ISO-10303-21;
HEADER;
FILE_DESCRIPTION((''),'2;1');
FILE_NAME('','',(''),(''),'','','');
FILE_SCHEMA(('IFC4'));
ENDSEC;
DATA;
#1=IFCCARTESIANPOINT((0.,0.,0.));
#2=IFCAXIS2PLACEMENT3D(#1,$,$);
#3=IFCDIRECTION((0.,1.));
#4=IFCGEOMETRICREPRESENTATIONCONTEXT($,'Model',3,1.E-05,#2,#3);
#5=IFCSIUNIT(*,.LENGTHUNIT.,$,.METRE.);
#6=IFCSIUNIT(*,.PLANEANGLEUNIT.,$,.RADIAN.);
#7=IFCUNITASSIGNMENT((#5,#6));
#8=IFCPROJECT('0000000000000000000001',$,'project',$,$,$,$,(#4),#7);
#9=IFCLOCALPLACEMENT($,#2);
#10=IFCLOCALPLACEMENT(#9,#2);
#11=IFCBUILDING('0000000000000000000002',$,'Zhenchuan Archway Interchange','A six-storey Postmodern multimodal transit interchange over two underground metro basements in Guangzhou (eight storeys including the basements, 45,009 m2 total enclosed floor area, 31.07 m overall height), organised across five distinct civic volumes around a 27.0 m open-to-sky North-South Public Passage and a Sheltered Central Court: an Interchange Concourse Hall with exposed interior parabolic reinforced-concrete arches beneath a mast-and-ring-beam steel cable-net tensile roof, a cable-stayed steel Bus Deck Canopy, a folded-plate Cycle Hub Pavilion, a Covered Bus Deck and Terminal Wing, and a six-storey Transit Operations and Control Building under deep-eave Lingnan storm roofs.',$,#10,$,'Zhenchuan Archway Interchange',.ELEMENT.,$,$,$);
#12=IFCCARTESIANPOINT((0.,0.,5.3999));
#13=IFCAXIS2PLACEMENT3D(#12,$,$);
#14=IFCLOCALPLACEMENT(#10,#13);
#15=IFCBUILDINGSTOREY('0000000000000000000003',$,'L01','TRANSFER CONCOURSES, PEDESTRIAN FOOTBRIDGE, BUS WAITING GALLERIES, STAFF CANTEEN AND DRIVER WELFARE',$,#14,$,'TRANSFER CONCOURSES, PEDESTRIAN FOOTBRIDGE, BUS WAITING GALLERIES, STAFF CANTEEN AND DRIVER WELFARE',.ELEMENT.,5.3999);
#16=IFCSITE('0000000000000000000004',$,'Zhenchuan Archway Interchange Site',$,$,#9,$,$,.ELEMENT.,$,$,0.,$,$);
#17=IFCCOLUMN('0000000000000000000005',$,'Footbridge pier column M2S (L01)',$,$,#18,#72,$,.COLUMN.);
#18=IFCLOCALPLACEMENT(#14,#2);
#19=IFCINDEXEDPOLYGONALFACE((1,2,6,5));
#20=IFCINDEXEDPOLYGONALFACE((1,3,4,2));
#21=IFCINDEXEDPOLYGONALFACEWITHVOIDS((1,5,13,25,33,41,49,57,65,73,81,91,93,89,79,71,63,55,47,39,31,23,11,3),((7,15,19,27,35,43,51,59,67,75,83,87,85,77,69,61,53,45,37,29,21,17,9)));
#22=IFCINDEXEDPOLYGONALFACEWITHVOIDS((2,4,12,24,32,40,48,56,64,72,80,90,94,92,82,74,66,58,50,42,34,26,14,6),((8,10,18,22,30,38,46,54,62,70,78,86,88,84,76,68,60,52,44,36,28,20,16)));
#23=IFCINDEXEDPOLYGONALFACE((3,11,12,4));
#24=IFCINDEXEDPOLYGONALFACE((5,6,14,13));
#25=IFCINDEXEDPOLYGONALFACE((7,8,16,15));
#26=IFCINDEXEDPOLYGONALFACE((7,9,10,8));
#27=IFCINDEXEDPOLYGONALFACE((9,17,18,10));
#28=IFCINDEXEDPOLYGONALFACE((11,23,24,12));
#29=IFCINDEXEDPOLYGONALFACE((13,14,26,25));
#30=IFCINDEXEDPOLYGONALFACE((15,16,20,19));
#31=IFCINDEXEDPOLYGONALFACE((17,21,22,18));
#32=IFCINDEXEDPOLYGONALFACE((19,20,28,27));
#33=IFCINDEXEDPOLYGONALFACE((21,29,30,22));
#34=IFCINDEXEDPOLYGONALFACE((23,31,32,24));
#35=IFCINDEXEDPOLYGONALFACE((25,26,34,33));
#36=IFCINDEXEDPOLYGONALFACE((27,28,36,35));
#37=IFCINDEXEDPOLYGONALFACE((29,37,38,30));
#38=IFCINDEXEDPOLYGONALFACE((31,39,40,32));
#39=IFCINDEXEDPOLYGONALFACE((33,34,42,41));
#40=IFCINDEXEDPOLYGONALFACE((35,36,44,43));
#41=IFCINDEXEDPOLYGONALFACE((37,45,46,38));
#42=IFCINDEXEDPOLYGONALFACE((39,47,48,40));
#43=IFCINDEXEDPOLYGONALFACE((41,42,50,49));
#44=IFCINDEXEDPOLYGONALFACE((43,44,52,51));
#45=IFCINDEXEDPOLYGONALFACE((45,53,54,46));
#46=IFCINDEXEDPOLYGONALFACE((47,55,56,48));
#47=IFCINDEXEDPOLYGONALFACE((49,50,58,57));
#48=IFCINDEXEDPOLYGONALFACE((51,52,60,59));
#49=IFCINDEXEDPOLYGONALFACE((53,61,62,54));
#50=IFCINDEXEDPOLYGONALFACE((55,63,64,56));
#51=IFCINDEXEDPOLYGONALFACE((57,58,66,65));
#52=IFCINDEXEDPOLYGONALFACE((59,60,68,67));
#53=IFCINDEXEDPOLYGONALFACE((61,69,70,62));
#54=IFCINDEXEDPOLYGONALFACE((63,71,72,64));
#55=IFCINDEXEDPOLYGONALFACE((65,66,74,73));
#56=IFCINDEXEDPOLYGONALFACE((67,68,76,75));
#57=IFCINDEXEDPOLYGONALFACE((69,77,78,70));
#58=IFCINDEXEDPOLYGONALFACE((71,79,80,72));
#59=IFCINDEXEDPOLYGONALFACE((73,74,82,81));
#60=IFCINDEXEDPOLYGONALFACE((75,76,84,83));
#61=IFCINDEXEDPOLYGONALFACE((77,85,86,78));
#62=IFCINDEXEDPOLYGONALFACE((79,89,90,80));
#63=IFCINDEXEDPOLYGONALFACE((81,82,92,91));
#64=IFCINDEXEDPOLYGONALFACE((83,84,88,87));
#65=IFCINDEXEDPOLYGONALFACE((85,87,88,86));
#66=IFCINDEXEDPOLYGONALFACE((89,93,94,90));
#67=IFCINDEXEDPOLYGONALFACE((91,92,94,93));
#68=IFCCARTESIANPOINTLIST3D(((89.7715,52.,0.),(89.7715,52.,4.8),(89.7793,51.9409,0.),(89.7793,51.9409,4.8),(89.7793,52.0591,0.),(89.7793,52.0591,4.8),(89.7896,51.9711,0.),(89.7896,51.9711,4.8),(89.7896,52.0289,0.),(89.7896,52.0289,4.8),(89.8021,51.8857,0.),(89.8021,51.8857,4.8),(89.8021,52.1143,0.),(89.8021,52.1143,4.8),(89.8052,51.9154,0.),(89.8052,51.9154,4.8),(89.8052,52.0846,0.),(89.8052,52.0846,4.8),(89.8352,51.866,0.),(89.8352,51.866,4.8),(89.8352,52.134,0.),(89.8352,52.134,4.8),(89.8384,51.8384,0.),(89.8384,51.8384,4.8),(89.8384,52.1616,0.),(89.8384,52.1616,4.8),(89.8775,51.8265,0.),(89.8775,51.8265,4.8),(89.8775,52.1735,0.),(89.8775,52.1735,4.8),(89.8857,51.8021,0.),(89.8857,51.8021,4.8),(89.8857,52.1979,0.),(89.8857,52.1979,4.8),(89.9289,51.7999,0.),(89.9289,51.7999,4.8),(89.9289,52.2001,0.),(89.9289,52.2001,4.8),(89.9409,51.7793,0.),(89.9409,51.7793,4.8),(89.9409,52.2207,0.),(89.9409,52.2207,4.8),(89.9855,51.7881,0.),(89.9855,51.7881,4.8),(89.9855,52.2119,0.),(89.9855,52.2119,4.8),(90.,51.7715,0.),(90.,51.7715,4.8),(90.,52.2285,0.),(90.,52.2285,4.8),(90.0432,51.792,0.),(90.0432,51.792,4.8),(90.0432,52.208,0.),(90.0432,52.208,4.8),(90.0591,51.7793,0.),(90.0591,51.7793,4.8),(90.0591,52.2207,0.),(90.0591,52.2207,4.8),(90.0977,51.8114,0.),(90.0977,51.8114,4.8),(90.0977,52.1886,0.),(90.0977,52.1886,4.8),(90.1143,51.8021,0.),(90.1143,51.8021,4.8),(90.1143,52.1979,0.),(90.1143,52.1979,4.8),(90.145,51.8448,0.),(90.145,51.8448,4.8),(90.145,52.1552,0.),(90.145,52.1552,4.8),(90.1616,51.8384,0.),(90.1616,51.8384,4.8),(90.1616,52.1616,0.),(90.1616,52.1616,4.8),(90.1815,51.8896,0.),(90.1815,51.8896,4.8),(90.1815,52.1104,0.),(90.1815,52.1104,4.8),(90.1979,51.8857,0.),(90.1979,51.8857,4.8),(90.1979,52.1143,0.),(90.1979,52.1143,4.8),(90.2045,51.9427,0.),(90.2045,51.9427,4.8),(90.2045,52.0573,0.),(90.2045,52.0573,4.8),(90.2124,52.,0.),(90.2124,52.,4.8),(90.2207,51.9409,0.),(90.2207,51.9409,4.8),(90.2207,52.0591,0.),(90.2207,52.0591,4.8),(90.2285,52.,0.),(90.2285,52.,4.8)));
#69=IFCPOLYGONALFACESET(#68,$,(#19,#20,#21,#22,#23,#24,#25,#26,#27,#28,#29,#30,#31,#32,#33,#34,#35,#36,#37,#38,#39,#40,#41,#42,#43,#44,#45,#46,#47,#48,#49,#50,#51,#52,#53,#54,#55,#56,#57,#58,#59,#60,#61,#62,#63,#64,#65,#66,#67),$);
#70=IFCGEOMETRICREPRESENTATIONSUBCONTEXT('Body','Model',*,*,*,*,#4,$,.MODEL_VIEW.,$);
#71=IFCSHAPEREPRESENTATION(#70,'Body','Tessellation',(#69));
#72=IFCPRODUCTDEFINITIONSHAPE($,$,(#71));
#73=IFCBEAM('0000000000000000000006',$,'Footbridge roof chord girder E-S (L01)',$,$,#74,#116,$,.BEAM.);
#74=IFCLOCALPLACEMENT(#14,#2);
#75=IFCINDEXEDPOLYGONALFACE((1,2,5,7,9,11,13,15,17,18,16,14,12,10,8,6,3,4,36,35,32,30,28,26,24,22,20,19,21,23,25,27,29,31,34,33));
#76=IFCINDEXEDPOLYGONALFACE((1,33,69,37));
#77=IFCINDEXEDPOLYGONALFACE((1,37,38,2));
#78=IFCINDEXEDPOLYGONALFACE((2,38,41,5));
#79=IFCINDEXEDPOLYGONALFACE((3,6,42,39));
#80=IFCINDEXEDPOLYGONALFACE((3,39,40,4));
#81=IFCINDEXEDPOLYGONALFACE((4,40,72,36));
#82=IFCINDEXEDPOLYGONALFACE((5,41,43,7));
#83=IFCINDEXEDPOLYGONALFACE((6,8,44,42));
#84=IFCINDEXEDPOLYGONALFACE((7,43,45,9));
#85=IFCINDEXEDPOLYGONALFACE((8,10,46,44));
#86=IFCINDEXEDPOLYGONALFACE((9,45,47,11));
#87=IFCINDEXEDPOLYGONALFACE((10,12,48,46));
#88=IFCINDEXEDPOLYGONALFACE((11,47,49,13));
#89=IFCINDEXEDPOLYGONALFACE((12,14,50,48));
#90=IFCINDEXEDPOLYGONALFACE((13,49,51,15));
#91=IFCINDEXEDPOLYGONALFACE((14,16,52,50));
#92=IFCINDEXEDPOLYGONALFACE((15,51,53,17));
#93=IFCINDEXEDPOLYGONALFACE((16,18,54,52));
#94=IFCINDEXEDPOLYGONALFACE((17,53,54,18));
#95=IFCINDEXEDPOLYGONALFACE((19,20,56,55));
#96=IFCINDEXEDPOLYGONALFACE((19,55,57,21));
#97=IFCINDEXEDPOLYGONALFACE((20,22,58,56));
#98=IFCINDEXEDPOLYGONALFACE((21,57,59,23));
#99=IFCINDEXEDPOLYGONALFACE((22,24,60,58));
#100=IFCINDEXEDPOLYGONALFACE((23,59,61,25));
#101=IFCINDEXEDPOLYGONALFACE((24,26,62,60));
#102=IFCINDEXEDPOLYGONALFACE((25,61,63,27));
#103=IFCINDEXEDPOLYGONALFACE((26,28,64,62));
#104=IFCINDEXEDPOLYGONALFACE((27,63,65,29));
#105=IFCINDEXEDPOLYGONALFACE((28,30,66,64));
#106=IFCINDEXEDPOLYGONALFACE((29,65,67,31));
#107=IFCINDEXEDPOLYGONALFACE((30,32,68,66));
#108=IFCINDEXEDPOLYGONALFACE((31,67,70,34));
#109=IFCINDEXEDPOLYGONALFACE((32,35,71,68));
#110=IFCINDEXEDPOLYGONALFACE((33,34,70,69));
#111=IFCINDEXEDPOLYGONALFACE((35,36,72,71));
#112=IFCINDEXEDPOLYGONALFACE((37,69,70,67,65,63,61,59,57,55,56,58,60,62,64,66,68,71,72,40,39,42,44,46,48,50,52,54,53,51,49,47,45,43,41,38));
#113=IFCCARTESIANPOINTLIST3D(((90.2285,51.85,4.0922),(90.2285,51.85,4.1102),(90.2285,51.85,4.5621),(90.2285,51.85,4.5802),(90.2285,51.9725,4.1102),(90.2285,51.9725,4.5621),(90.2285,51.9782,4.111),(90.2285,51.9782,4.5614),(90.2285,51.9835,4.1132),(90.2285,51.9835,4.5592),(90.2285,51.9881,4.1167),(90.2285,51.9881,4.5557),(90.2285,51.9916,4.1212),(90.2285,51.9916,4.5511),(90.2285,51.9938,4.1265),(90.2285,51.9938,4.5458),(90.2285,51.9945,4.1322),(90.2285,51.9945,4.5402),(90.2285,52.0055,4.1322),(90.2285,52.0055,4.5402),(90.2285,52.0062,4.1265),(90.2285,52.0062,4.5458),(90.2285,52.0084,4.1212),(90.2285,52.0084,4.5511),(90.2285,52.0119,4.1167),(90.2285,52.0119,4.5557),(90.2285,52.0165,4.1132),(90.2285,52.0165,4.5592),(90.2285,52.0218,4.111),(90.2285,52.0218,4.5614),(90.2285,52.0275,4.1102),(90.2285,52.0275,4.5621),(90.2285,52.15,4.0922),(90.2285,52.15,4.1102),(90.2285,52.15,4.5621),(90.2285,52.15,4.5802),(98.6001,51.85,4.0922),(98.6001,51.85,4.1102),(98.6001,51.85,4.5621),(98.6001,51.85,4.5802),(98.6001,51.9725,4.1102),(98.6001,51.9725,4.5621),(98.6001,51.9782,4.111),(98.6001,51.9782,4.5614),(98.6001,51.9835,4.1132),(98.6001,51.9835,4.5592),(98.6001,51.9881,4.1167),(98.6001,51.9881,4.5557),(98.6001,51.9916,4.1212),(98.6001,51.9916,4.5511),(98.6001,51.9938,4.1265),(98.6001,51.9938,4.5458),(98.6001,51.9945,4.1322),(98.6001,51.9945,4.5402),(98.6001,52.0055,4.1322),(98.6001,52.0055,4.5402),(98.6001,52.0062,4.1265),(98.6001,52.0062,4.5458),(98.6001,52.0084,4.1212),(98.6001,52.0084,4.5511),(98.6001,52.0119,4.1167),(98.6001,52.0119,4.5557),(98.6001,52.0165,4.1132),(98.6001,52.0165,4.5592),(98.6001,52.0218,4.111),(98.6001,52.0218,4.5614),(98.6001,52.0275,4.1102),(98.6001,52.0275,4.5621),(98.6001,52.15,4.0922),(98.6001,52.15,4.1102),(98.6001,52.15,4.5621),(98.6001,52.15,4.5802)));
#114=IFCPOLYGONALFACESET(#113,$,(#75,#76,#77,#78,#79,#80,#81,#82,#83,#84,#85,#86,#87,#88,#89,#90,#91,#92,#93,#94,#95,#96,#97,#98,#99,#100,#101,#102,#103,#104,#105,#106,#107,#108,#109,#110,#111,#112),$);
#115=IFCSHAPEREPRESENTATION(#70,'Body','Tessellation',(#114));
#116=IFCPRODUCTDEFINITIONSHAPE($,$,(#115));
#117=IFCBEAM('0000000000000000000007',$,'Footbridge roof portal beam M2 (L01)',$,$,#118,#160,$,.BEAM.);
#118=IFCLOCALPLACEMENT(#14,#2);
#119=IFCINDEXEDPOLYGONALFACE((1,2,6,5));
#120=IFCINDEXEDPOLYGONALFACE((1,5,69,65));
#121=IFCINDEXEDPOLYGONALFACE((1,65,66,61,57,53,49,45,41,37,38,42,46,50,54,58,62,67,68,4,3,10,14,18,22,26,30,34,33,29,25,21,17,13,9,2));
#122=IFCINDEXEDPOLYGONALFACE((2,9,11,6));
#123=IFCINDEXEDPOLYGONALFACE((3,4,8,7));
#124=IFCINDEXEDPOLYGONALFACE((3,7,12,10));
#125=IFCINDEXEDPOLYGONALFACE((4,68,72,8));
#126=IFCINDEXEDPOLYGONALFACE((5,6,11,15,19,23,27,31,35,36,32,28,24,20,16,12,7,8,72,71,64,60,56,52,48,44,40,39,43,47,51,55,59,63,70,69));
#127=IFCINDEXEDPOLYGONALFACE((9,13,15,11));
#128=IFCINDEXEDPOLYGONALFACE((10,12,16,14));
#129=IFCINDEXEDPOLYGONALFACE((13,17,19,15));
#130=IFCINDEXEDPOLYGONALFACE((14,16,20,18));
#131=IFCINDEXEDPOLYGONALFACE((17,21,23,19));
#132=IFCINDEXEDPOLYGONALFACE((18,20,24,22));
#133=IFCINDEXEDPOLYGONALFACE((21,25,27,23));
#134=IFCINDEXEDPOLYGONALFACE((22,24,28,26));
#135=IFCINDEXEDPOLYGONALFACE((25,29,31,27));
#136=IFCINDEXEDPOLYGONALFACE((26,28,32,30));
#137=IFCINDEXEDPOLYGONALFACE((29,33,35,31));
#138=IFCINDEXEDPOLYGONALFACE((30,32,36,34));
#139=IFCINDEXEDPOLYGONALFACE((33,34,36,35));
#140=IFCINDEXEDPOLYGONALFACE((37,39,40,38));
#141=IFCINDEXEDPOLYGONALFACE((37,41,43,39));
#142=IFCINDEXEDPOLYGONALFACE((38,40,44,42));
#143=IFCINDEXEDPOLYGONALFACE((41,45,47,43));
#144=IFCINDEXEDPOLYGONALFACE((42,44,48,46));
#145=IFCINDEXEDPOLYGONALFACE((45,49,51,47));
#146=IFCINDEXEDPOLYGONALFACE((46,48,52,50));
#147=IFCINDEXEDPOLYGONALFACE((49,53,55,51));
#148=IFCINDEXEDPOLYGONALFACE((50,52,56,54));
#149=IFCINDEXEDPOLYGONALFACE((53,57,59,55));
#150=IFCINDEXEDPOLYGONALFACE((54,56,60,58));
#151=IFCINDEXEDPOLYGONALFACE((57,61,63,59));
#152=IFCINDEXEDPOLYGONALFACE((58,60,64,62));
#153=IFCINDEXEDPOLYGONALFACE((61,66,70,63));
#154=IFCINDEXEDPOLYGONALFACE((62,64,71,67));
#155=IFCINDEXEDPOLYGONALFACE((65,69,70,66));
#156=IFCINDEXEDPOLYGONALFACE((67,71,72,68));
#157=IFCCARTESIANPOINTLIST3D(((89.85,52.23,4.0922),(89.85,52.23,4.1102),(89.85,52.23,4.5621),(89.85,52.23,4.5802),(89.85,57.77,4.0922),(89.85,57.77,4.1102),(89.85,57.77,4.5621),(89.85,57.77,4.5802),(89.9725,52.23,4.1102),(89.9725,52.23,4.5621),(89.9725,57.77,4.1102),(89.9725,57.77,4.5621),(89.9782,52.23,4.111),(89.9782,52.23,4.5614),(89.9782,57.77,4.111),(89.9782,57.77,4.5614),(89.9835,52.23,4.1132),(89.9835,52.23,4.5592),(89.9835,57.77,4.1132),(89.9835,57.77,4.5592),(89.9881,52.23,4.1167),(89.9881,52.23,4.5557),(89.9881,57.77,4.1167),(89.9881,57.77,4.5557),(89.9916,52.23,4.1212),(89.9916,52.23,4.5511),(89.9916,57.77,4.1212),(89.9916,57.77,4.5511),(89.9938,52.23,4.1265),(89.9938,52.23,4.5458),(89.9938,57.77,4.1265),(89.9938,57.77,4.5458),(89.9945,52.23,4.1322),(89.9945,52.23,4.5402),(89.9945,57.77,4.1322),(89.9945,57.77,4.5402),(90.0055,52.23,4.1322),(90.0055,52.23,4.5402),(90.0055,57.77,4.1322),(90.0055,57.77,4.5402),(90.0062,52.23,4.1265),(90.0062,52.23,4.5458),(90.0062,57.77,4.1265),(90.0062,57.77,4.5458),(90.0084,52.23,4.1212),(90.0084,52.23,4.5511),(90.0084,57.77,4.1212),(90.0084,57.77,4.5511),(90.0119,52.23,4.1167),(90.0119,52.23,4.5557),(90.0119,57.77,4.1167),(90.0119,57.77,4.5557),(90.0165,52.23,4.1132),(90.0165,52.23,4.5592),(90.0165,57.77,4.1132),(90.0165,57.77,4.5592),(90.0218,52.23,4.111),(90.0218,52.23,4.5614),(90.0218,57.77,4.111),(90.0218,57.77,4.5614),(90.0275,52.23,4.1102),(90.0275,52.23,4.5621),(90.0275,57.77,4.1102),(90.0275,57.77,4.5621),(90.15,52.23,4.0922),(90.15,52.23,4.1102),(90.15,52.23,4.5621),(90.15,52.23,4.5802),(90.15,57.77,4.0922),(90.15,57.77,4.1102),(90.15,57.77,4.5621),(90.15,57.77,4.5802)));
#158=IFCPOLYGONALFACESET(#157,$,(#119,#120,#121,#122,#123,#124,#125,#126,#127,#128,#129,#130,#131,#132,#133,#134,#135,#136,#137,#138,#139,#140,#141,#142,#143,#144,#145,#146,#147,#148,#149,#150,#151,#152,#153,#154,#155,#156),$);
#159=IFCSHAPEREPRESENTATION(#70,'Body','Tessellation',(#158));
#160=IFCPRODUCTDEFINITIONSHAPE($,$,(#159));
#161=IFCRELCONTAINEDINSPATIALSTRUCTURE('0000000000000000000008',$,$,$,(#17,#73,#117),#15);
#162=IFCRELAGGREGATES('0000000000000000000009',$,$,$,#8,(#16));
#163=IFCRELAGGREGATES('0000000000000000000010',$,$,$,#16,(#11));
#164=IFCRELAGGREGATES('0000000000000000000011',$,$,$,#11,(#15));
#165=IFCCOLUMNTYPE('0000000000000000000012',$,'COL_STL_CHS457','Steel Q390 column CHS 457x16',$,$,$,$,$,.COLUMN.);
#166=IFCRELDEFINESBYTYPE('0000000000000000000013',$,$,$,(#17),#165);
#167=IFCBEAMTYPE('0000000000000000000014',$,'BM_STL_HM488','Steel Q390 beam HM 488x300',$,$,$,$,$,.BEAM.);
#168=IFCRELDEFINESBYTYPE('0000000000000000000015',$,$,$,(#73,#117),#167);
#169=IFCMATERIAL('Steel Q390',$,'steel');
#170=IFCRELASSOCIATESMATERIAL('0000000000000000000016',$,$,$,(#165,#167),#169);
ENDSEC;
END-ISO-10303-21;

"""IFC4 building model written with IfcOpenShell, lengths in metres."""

from ifc_helpers import new_model, si_unit, direction, frame, origin, origin_2d, place, context, subcontext, project, spatial, hollow_circle, i_section, extrude, material, material_profile, profile_set, type_object, element, save


model = new_model("IFC4")

# Units and contexts
model_context = context("Model", 3, precision=1e-05, world=origin(), true_north=direction((0.0, 1.0)))
body_context = subcontext(model_context, "Body", "Model", "MODEL_VIEW")
ifc_project = project(units=[si_unit("LENGTHUNIT", "METRE"), si_unit("PLANEANGLEUNIT", "RADIAN")], contexts=[model_context])

# Site, building, storey
site_placement = place(None, origin())
site = spatial("IfcSite", under=ifc_project, at=site_placement, Name="Zhenchuan Archway Interchange Site", CompositionType="ELEMENT", RefElevation=0.0)
building_placement = place(site_placement, origin())
building = spatial("IfcBuilding", under=site, at=building_placement, Name="Zhenchuan Archway Interchange", Description="A six-storey Postmodern multimodal transit interchange over two underground metro basements in Guangzhou (eight storeys including the basements, 45,009 m2 total enclosed floor area, 31.07 m overall height), organised across five distinct civic volumes around a 27.0 m open-to-sky North-South Public Passage and a Sheltered Central Court: an Interchange Concourse Hall with exposed interior parabolic reinforced-concrete arches beneath a mast-and-ring-beam steel cable-net tensile roof, a cable-stayed steel Bus Deck Canopy, a folded-plate Cycle Hub Pavilion, a Covered Bus Deck and Terminal Wing, and a six-storey Transit Operations and Control Building under deep-eave Lingnan storm roofs.", LongName="Zhenchuan Archway Interchange", CompositionType="ELEMENT")
storey_placement = place(building_placement, frame((0.0, 0.0, 5.3999)))
storey = spatial("IfcBuildingStorey", under=building, at=storey_placement, Name="L01", Description="TRANSFER CONCOURSES, PEDESTRIAN FOOTBRIDGE, BUS WAITING GALLERIES, STAFF CANTEEN AND DRIVER WELFARE", LongName="TRANSFER CONCOURSES, PEDESTRIAN FOOTBRIDGE, BUS WAITING GALLERIES, STAFF CANTEEN AND DRIVER WELFARE", CompositionType="ELEMENT", Elevation=5.3999)

# Column
ifc_material_1 = material(Name="Steel Q390", Category="steel")
ifc_material_profile_1 = material_profile(ifc_material_1, hollow_circle(Radius=0.2285, WallThickness=0.0161, at=origin_2d()), Name="CHS 457x16")
ifc_profile_set_1 = profile_set([ifc_material_profile_1], Name="Steel Q390")
column_type = type_object("IfcColumnType", Name="COL_STL_CHS457", Description="Steel Q390 column CHS 457x16", PredefinedType="COLUMN", material=ifc_profile_set_1)
column_placement = place(storey_placement, frame((90.0, 52.0, 0.0), z_axis=(0.0, 0.0, 1.0), x_axis=(1.0, 0.0, 0.0)))
element("IfcColumn", 1, at=column_placement, inside=storey, type_object=column_type, Name="Footbridge pier column M2S (L01)", PredefinedType="COLUMN", context=body_context, shape_type="SweptSolid", body=[
    extrude(hollow_circle(Radius=0.2285, WallThickness=0.0161, at=origin_2d()), origin(), (0.0, 0.0, 1.0), 4.8),
])

# Beams
ifc_material_profile_2 = material_profile(ifc_material_1, i_section(OverallWidth=0.3, OverallDepth=0.488, WebThickness=0.011, FlangeThickness=0.0181, FilletRadius=0.022, at=origin_2d()), Name="HM 488x300")
ifc_profile_set_2 = profile_set([ifc_material_profile_2], Name="Steel Q390")
beam_type = type_object("IfcBeamType", Name="BM_STL_HM488", Description="Steel Q390 beam HM 488x300", PredefinedType="BEAM", material=ifc_profile_set_2)
beam_1_placement = place(storey_placement, frame((90.2285, 52.0, 4.3362), z_axis=(1.0, 0.0, 0.0), x_axis=(0.0, 1.0, 0.0)))
element("IfcBeam", 2, at=beam_1_placement, inside=storey, type_object=beam_type, Name="Footbridge roof chord girder E-S (L01)", PredefinedType="BEAM", context=body_context, shape_type="SweptSolid", body=[
    extrude(i_section(OverallWidth=0.3, OverallDepth=0.488, WebThickness=0.011, FlangeThickness=0.0181, FilletRadius=0.022, at=origin_2d()), origin(), (0.0, 0.0, 1.0), 8.3716),
])
beam_2_placement = place(storey_placement, frame((90.0, 52.23, 4.3362), z_axis=(0.0, 1.0, 0.0), x_axis=(-1.0, 0.0, 0.0)))
element("IfcBeam", 3, at=beam_2_placement, inside=storey, type_object=beam_type, Name="Footbridge roof portal beam M2 (L01)", PredefinedType="BEAM", context=body_context, shape_type="SweptSolid", body=[
    extrude(i_section(OverallWidth=0.3, OverallDepth=0.488, WebThickness=0.011, FlangeThickness=0.0181, FilletRadius=0.022, at=origin_2d()), origin(), (0.0, 0.0, 1.0), 5.54),
])

save(model, "model.ifc")
